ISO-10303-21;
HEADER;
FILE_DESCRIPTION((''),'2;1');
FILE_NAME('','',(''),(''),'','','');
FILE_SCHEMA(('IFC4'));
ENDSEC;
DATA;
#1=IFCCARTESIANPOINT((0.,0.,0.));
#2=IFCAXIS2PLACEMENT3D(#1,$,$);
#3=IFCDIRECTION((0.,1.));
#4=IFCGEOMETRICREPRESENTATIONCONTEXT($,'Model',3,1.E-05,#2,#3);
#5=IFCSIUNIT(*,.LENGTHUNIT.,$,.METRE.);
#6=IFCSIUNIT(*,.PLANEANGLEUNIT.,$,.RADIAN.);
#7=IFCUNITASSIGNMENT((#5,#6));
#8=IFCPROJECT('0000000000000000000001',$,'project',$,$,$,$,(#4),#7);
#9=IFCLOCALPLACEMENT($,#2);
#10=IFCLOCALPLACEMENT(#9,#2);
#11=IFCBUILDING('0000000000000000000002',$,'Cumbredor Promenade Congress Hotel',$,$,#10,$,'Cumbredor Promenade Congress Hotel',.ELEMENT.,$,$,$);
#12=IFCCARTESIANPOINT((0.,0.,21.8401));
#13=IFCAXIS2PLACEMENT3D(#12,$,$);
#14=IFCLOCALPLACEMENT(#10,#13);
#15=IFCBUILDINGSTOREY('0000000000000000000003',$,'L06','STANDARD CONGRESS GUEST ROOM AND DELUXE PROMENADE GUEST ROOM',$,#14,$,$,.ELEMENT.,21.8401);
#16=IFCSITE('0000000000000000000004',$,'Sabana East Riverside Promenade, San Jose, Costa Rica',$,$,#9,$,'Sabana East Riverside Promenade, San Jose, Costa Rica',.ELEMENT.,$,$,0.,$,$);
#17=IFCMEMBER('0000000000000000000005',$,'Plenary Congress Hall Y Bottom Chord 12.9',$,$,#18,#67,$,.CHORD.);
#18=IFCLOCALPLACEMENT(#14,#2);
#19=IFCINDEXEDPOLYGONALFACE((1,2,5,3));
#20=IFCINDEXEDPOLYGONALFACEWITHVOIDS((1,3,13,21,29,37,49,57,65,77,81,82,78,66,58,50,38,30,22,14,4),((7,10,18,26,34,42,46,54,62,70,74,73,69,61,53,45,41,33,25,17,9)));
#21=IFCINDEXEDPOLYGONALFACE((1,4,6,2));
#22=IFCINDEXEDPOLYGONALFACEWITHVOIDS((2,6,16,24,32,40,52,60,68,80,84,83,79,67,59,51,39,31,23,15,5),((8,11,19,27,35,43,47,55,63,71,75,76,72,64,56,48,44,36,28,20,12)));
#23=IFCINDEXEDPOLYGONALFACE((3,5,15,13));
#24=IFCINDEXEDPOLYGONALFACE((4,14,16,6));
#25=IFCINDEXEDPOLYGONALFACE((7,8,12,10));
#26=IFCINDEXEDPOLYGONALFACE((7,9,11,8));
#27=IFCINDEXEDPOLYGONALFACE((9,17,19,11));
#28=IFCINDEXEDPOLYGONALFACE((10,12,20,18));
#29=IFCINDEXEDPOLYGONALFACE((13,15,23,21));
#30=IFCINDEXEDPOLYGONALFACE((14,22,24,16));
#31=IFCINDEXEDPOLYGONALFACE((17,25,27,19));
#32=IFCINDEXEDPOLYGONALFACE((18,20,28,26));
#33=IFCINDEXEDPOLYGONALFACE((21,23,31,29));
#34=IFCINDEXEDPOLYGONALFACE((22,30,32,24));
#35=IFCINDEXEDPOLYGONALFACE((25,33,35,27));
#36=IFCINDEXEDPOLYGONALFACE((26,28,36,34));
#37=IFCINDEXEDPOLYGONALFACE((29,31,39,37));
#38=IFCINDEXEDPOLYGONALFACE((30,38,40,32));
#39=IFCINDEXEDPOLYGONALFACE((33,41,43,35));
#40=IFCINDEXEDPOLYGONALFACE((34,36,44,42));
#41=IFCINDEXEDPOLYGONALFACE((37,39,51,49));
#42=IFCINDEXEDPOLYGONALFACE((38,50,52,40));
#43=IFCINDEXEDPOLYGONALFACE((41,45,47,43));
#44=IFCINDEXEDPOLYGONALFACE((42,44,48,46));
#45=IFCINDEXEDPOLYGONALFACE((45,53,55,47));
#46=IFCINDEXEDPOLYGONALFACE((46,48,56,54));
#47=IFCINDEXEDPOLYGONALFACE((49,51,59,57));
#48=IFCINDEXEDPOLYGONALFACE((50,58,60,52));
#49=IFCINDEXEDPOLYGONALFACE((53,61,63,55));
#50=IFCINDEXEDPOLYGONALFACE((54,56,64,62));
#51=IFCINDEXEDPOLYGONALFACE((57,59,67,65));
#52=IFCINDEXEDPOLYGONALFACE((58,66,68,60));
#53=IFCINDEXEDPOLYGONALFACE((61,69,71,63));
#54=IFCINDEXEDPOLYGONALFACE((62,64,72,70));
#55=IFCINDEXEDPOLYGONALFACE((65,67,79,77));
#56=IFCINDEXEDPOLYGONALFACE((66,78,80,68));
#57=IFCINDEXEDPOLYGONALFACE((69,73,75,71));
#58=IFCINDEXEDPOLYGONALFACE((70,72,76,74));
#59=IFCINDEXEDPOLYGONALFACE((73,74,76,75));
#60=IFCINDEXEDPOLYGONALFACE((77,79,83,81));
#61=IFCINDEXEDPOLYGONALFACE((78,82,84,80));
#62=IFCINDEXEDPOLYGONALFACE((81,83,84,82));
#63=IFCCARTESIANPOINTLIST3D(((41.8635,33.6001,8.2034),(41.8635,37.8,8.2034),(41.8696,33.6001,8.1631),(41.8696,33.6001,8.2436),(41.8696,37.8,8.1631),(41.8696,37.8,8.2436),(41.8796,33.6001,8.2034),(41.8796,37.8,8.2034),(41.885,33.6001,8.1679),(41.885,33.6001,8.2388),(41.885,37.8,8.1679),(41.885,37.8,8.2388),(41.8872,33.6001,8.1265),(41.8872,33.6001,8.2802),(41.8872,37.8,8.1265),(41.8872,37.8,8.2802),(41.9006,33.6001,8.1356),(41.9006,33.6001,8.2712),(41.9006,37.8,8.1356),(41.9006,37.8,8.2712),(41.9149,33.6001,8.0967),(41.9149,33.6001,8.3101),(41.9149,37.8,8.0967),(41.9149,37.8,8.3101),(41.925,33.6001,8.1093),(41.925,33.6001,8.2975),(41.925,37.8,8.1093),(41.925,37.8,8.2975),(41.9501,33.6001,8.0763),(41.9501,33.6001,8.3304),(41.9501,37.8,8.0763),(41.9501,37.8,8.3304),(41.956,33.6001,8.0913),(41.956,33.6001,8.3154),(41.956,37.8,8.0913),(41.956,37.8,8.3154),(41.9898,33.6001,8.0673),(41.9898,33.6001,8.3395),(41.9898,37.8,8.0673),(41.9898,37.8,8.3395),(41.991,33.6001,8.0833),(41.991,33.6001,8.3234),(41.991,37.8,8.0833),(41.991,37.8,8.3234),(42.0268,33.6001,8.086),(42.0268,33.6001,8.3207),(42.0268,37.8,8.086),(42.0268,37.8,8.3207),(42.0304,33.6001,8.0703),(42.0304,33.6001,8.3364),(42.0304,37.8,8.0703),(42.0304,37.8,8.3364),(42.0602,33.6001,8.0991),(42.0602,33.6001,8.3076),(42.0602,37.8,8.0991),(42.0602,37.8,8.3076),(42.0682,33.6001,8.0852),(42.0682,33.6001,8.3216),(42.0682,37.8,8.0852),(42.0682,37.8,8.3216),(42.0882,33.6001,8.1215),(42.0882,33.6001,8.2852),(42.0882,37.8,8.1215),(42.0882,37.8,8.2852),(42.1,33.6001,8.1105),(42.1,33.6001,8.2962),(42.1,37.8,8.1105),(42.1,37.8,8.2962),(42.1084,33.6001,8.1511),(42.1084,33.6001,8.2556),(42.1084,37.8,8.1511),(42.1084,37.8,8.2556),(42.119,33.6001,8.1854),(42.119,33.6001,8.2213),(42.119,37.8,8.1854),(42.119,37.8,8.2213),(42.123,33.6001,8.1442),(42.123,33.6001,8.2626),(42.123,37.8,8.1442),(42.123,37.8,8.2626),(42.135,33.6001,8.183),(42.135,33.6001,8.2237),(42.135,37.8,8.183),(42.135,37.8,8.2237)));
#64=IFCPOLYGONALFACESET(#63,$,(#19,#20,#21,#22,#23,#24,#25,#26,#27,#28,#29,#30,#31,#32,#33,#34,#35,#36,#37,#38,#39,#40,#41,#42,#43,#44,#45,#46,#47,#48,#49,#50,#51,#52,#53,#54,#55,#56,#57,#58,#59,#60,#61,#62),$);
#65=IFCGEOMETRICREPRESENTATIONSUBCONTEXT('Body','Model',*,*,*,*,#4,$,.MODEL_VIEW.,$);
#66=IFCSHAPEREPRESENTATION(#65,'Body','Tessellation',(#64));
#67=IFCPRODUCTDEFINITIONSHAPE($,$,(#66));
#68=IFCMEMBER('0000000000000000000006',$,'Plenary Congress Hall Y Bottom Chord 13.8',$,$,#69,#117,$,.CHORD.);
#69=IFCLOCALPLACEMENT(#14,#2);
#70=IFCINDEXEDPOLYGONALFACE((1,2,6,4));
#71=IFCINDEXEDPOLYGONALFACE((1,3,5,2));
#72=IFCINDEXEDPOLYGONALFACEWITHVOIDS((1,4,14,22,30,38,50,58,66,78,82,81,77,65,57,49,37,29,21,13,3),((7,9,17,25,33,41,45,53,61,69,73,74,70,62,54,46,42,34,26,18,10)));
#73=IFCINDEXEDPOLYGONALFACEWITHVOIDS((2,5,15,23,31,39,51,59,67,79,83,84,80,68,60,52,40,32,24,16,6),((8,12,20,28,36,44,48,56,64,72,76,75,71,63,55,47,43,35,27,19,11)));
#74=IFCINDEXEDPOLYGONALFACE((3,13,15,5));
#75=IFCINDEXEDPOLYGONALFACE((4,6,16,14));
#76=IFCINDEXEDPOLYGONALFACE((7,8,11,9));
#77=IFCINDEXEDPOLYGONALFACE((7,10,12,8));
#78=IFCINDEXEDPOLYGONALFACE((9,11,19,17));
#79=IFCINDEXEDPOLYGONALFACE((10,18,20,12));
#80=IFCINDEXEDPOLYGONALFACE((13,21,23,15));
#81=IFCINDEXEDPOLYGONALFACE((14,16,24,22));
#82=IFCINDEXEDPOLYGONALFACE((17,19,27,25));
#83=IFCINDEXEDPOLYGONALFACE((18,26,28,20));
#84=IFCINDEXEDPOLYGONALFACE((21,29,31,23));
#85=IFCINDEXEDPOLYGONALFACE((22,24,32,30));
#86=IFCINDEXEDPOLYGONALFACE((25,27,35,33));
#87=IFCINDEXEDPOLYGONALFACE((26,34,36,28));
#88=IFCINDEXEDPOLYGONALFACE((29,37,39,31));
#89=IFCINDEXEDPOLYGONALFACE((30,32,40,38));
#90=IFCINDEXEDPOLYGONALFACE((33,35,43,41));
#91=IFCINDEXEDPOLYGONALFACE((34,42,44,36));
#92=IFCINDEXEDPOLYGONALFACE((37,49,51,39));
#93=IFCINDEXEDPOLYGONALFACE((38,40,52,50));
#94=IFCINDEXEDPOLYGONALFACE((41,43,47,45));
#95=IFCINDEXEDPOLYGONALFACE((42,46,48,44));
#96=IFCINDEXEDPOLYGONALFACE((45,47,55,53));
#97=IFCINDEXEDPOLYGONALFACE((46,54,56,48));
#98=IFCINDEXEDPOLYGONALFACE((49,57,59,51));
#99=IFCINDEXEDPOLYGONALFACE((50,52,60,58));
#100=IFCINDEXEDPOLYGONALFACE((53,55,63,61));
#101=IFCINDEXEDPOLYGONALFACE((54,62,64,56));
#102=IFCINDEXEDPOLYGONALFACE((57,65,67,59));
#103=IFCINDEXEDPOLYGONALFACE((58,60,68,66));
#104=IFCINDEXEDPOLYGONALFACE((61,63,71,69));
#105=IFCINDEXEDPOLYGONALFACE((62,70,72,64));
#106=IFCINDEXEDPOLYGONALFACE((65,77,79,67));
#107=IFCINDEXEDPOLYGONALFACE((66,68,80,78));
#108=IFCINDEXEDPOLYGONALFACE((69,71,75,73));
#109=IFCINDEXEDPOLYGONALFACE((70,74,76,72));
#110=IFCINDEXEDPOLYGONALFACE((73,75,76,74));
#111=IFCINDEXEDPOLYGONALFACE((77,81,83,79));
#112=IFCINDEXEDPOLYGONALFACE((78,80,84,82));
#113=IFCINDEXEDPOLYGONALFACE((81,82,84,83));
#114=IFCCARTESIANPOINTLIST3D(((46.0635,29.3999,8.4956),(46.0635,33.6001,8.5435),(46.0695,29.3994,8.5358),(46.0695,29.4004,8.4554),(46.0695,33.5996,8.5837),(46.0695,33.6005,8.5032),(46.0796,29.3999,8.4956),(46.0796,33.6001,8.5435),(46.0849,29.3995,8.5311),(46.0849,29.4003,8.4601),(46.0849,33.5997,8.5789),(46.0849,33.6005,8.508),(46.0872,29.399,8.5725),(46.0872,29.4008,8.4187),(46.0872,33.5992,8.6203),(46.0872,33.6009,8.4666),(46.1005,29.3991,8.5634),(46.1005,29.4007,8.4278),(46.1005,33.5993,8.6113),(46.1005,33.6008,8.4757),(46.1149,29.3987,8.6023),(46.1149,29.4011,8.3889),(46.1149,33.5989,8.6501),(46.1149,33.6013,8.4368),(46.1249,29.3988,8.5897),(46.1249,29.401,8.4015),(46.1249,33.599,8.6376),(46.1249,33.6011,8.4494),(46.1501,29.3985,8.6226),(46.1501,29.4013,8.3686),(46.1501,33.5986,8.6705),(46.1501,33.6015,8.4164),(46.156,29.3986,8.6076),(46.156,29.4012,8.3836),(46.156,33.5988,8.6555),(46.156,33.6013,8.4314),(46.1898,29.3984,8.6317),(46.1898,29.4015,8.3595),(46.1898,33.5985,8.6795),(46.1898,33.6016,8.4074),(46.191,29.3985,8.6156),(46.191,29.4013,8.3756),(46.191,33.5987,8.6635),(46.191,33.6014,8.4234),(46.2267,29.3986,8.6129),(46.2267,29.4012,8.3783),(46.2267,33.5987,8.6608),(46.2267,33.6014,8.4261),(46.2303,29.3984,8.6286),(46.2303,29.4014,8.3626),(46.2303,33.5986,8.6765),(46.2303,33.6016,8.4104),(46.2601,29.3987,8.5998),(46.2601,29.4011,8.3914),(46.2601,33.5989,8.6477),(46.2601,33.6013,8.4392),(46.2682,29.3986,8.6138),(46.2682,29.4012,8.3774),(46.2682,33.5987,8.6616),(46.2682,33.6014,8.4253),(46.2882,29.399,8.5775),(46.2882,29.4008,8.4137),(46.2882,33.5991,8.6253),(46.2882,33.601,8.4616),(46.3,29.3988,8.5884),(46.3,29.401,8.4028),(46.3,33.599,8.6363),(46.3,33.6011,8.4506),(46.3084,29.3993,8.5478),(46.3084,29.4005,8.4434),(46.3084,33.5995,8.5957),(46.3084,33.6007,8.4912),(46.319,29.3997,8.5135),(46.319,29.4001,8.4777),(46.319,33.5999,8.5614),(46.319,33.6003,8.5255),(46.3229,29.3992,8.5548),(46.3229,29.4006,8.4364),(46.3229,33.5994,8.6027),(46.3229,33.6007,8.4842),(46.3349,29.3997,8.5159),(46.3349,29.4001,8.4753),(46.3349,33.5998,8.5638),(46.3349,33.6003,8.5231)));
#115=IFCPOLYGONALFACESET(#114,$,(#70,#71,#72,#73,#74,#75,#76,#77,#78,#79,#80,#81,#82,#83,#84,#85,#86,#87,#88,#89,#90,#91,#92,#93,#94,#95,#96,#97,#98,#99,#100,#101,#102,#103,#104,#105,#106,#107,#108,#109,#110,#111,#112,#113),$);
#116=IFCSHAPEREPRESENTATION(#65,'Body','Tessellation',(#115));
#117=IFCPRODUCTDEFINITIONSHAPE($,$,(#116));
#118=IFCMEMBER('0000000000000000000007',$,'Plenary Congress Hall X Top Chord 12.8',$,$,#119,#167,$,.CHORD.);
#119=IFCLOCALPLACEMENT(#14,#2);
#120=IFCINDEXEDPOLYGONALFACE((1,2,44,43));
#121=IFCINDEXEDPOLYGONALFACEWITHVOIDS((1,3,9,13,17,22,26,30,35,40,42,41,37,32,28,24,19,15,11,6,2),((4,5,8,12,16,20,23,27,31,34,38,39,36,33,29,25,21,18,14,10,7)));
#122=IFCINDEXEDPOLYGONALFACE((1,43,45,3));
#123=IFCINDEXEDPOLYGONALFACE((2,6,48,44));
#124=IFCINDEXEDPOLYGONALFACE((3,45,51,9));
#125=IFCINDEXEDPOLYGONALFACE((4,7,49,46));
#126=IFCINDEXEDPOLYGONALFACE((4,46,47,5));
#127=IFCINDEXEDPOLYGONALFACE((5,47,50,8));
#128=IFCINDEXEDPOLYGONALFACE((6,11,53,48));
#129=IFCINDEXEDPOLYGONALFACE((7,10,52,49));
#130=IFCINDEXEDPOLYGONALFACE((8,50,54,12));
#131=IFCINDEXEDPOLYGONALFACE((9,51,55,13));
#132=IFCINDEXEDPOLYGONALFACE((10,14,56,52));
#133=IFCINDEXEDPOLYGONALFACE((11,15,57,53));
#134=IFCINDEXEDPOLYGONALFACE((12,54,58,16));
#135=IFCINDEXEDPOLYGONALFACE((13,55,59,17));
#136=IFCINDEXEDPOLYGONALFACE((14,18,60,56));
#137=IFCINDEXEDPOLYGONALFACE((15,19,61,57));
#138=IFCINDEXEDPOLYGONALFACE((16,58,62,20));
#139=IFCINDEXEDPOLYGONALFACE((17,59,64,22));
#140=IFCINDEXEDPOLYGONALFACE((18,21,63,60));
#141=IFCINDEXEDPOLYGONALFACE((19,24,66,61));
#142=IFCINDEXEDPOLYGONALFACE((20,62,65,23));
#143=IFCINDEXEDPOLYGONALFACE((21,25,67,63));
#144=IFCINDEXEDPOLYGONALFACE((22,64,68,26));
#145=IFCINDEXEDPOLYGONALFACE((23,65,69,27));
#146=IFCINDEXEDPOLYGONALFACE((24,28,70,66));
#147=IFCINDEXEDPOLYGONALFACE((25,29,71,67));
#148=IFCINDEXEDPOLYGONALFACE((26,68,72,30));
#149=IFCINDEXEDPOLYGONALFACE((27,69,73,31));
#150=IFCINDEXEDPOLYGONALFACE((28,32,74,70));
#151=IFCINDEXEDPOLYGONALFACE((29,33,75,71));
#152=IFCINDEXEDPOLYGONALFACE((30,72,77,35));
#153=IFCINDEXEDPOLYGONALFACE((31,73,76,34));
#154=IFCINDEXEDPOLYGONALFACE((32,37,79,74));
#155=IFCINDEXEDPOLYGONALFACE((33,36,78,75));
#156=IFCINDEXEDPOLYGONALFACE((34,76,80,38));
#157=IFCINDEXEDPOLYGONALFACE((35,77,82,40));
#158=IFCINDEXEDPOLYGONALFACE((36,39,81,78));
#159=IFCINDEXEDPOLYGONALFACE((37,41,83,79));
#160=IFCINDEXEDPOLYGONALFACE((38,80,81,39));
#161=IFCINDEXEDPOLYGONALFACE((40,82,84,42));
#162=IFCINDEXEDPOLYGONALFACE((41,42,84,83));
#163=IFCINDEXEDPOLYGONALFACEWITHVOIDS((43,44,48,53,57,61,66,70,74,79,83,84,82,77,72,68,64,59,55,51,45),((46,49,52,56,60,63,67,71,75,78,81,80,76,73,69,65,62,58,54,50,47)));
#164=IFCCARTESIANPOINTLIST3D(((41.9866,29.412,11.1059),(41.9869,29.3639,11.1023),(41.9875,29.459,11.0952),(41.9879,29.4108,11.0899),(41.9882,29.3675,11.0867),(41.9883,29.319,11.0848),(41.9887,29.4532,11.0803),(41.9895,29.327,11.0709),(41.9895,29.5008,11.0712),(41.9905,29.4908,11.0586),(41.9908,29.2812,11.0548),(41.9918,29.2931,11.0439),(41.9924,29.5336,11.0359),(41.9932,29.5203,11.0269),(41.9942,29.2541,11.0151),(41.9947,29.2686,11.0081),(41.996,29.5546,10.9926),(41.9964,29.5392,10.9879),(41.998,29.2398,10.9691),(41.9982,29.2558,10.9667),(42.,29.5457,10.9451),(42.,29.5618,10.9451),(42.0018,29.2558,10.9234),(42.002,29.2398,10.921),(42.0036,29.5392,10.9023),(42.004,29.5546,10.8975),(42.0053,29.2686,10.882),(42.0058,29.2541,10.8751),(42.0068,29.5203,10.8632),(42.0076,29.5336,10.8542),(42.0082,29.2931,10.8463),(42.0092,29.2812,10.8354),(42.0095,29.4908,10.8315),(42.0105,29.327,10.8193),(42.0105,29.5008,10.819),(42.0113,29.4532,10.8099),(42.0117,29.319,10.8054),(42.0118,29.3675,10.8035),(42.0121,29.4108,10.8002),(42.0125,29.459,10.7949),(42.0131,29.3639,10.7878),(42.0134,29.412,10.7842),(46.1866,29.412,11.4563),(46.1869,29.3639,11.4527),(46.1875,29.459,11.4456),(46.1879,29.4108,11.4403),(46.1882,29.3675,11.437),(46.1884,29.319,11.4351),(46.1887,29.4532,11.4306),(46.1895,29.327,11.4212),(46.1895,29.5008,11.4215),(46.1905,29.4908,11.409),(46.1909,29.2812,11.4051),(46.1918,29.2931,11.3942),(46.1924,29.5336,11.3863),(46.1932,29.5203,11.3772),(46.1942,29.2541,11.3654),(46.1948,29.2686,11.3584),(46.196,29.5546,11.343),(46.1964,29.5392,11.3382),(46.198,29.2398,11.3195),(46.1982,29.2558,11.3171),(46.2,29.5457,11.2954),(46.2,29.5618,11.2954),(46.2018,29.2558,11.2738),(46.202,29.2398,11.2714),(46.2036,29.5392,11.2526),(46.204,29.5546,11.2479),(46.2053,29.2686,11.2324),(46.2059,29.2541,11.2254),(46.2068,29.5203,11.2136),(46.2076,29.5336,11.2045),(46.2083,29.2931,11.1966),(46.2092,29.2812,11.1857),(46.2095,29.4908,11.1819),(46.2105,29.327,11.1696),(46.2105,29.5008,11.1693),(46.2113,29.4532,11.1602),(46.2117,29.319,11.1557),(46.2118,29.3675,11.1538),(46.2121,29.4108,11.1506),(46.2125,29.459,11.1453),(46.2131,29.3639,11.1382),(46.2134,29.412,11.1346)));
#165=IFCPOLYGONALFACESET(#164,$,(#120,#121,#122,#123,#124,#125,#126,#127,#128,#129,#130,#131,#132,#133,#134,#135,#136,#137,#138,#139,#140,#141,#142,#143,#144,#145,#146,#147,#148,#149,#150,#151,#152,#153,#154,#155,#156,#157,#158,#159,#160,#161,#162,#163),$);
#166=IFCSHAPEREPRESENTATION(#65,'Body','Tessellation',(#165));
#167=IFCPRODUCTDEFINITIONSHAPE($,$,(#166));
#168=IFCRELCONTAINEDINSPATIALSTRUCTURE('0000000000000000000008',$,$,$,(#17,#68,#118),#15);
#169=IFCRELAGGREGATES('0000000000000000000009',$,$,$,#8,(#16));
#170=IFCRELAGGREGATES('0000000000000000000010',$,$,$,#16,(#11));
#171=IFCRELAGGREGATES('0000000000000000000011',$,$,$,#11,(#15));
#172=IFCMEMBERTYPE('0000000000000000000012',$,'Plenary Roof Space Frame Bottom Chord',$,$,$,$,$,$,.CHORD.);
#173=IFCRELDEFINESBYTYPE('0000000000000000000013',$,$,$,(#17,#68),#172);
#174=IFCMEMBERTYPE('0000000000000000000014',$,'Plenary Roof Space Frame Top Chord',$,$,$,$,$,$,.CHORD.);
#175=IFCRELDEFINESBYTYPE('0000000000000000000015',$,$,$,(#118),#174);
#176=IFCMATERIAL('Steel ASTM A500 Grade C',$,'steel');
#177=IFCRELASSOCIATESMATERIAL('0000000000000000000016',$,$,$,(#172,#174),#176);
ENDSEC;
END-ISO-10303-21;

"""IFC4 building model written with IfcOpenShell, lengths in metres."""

from ifc_helpers import new_model, si_unit, direction, frame, origin, origin_2d, place, context, subcontext, project, spatial, hollow_circle, extrude, material, material_profile, profile_set, type_object, element, save


model = new_model("IFC4")

# Units and contexts
model_context = context("Model", 3, precision=1e-05, world=origin(), true_north=direction((0.0, 1.0)))
body_context = subcontext(model_context, "Body", "Model", "MODEL_VIEW")
ifc_project = project(units=[si_unit("LENGTHUNIT", "METRE"), si_unit("PLANEANGLEUNIT", "RADIAN")], contexts=[model_context])

# Site, building, storey
site_placement = place(None, origin())
site = spatial("IfcSite", under=ifc_project, at=site_placement, Name="Sabana East Riverside Promenade, San Jose, Costa Rica", LongName="Sabana East Riverside Promenade, San Jose, Costa Rica", CompositionType="ELEMENT", RefElevation=0.0)
building_placement = place(site_placement, origin())
building = spatial("IfcBuilding", under=site, at=building_placement, Name="Cumbredor Promenade Congress Hotel", LongName="Cumbredor Promenade Congress Hotel", CompositionType="ELEMENT")
storey_placement = place(building_placement, frame((0.0, 0.0, 21.8401)))
storey = spatial("IfcBuildingStorey", under=building, at=storey_placement, Name="L06", Description="STANDARD CONGRESS GUEST ROOM AND DELUXE PROMENADE GUEST ROOM", CompositionType="ELEMENT", Elevation=21.8401)

# Members
ifc_material_1 = material(Name="Steel ASTM A500 Grade C", Category="steel")
ifc_material_profile_1 = material_profile(ifc_material_1, hollow_circle(Radius=0.1365, WallThickness=0.0161, at=origin_2d()), Name="CHS 273.0x16")
ifc_profile_set_1 = profile_set([ifc_material_profile_1], Name="Steel ASTM A500 Grade C")
member_type_1 = type_object("IfcMemberType", Name="Plenary Roof Space Frame Bottom Chord", PredefinedType="CHORD", material=ifc_profile_set_1)
member_1_placement = place(storey_placement, frame((42.0, 33.6001, 8.2034), z_axis=(0.0, 1.0, 0.0), x_axis=(-1.0, 0.0, 0.0)))
element("IfcMember", 1, at=member_1_placement, inside=storey, type_object=member_type_1, Name="Plenary Congress Hall Y Bottom Chord 12.9", PredefinedType="CHORD", context=body_context, shape_type="SweptSolid", body=[
    extrude(hollow_circle(Radius=0.1365, WallThickness=0.0161, at=origin_2d()), origin(), (0.0, 0.0, 1.0), 4.2),
])
member_2_placement = place(storey_placement, frame((46.2, 29.3999, 8.4956), z_axis=(0.0, 0.999935, 0.011392), x_axis=(-1.0, 0.0, 0.0)))
element("IfcMember", 2, at=member_2_placement, inside=storey, type_object=member_type_1, Name="Plenary Congress Hall Y Bottom Chord 13.8", PredefinedType="CHORD", context=body_context, shape_type="SweptSolid", body=[
    extrude(hollow_circle(Radius=0.1365, WallThickness=0.0161, at=origin_2d()), origin(), (0.0, 0.0, 1.0), 4.2004),
])
ifc_material_profile_2 = material_profile(ifc_material_1, hollow_circle(Radius=0.1619, WallThickness=0.0161, at=origin_2d()), Name="CHS 323.9x16")
ifc_profile_set_2 = profile_set([ifc_material_profile_2], Name="Steel ASTM A500 Grade C")
member_type_2 = type_object("IfcMemberType", Name="Plenary Roof Space Frame Top Chord", PredefinedType="CHORD", material=ifc_profile_set_2)
member_3_placement = place(storey_placement, frame((42.0, 29.3999, 10.9451), z_axis=(0.996539, 0.0, 0.083127), x_axis=(0.0, 1.0, 0.0)))
element("IfcMember", 3, at=member_3_placement, inside=storey, type_object=member_type_2, Name="Plenary Congress Hall X Top Chord 12.8", PredefinedType="CHORD", context=body_context, shape_type="SweptSolid", body=[
    extrude(hollow_circle(Radius=0.1619, WallThickness=0.0161, at=origin_2d()), origin(), (0.0, 0.0, 1.0), 4.2146),
])

save(model, "model.ifc")
